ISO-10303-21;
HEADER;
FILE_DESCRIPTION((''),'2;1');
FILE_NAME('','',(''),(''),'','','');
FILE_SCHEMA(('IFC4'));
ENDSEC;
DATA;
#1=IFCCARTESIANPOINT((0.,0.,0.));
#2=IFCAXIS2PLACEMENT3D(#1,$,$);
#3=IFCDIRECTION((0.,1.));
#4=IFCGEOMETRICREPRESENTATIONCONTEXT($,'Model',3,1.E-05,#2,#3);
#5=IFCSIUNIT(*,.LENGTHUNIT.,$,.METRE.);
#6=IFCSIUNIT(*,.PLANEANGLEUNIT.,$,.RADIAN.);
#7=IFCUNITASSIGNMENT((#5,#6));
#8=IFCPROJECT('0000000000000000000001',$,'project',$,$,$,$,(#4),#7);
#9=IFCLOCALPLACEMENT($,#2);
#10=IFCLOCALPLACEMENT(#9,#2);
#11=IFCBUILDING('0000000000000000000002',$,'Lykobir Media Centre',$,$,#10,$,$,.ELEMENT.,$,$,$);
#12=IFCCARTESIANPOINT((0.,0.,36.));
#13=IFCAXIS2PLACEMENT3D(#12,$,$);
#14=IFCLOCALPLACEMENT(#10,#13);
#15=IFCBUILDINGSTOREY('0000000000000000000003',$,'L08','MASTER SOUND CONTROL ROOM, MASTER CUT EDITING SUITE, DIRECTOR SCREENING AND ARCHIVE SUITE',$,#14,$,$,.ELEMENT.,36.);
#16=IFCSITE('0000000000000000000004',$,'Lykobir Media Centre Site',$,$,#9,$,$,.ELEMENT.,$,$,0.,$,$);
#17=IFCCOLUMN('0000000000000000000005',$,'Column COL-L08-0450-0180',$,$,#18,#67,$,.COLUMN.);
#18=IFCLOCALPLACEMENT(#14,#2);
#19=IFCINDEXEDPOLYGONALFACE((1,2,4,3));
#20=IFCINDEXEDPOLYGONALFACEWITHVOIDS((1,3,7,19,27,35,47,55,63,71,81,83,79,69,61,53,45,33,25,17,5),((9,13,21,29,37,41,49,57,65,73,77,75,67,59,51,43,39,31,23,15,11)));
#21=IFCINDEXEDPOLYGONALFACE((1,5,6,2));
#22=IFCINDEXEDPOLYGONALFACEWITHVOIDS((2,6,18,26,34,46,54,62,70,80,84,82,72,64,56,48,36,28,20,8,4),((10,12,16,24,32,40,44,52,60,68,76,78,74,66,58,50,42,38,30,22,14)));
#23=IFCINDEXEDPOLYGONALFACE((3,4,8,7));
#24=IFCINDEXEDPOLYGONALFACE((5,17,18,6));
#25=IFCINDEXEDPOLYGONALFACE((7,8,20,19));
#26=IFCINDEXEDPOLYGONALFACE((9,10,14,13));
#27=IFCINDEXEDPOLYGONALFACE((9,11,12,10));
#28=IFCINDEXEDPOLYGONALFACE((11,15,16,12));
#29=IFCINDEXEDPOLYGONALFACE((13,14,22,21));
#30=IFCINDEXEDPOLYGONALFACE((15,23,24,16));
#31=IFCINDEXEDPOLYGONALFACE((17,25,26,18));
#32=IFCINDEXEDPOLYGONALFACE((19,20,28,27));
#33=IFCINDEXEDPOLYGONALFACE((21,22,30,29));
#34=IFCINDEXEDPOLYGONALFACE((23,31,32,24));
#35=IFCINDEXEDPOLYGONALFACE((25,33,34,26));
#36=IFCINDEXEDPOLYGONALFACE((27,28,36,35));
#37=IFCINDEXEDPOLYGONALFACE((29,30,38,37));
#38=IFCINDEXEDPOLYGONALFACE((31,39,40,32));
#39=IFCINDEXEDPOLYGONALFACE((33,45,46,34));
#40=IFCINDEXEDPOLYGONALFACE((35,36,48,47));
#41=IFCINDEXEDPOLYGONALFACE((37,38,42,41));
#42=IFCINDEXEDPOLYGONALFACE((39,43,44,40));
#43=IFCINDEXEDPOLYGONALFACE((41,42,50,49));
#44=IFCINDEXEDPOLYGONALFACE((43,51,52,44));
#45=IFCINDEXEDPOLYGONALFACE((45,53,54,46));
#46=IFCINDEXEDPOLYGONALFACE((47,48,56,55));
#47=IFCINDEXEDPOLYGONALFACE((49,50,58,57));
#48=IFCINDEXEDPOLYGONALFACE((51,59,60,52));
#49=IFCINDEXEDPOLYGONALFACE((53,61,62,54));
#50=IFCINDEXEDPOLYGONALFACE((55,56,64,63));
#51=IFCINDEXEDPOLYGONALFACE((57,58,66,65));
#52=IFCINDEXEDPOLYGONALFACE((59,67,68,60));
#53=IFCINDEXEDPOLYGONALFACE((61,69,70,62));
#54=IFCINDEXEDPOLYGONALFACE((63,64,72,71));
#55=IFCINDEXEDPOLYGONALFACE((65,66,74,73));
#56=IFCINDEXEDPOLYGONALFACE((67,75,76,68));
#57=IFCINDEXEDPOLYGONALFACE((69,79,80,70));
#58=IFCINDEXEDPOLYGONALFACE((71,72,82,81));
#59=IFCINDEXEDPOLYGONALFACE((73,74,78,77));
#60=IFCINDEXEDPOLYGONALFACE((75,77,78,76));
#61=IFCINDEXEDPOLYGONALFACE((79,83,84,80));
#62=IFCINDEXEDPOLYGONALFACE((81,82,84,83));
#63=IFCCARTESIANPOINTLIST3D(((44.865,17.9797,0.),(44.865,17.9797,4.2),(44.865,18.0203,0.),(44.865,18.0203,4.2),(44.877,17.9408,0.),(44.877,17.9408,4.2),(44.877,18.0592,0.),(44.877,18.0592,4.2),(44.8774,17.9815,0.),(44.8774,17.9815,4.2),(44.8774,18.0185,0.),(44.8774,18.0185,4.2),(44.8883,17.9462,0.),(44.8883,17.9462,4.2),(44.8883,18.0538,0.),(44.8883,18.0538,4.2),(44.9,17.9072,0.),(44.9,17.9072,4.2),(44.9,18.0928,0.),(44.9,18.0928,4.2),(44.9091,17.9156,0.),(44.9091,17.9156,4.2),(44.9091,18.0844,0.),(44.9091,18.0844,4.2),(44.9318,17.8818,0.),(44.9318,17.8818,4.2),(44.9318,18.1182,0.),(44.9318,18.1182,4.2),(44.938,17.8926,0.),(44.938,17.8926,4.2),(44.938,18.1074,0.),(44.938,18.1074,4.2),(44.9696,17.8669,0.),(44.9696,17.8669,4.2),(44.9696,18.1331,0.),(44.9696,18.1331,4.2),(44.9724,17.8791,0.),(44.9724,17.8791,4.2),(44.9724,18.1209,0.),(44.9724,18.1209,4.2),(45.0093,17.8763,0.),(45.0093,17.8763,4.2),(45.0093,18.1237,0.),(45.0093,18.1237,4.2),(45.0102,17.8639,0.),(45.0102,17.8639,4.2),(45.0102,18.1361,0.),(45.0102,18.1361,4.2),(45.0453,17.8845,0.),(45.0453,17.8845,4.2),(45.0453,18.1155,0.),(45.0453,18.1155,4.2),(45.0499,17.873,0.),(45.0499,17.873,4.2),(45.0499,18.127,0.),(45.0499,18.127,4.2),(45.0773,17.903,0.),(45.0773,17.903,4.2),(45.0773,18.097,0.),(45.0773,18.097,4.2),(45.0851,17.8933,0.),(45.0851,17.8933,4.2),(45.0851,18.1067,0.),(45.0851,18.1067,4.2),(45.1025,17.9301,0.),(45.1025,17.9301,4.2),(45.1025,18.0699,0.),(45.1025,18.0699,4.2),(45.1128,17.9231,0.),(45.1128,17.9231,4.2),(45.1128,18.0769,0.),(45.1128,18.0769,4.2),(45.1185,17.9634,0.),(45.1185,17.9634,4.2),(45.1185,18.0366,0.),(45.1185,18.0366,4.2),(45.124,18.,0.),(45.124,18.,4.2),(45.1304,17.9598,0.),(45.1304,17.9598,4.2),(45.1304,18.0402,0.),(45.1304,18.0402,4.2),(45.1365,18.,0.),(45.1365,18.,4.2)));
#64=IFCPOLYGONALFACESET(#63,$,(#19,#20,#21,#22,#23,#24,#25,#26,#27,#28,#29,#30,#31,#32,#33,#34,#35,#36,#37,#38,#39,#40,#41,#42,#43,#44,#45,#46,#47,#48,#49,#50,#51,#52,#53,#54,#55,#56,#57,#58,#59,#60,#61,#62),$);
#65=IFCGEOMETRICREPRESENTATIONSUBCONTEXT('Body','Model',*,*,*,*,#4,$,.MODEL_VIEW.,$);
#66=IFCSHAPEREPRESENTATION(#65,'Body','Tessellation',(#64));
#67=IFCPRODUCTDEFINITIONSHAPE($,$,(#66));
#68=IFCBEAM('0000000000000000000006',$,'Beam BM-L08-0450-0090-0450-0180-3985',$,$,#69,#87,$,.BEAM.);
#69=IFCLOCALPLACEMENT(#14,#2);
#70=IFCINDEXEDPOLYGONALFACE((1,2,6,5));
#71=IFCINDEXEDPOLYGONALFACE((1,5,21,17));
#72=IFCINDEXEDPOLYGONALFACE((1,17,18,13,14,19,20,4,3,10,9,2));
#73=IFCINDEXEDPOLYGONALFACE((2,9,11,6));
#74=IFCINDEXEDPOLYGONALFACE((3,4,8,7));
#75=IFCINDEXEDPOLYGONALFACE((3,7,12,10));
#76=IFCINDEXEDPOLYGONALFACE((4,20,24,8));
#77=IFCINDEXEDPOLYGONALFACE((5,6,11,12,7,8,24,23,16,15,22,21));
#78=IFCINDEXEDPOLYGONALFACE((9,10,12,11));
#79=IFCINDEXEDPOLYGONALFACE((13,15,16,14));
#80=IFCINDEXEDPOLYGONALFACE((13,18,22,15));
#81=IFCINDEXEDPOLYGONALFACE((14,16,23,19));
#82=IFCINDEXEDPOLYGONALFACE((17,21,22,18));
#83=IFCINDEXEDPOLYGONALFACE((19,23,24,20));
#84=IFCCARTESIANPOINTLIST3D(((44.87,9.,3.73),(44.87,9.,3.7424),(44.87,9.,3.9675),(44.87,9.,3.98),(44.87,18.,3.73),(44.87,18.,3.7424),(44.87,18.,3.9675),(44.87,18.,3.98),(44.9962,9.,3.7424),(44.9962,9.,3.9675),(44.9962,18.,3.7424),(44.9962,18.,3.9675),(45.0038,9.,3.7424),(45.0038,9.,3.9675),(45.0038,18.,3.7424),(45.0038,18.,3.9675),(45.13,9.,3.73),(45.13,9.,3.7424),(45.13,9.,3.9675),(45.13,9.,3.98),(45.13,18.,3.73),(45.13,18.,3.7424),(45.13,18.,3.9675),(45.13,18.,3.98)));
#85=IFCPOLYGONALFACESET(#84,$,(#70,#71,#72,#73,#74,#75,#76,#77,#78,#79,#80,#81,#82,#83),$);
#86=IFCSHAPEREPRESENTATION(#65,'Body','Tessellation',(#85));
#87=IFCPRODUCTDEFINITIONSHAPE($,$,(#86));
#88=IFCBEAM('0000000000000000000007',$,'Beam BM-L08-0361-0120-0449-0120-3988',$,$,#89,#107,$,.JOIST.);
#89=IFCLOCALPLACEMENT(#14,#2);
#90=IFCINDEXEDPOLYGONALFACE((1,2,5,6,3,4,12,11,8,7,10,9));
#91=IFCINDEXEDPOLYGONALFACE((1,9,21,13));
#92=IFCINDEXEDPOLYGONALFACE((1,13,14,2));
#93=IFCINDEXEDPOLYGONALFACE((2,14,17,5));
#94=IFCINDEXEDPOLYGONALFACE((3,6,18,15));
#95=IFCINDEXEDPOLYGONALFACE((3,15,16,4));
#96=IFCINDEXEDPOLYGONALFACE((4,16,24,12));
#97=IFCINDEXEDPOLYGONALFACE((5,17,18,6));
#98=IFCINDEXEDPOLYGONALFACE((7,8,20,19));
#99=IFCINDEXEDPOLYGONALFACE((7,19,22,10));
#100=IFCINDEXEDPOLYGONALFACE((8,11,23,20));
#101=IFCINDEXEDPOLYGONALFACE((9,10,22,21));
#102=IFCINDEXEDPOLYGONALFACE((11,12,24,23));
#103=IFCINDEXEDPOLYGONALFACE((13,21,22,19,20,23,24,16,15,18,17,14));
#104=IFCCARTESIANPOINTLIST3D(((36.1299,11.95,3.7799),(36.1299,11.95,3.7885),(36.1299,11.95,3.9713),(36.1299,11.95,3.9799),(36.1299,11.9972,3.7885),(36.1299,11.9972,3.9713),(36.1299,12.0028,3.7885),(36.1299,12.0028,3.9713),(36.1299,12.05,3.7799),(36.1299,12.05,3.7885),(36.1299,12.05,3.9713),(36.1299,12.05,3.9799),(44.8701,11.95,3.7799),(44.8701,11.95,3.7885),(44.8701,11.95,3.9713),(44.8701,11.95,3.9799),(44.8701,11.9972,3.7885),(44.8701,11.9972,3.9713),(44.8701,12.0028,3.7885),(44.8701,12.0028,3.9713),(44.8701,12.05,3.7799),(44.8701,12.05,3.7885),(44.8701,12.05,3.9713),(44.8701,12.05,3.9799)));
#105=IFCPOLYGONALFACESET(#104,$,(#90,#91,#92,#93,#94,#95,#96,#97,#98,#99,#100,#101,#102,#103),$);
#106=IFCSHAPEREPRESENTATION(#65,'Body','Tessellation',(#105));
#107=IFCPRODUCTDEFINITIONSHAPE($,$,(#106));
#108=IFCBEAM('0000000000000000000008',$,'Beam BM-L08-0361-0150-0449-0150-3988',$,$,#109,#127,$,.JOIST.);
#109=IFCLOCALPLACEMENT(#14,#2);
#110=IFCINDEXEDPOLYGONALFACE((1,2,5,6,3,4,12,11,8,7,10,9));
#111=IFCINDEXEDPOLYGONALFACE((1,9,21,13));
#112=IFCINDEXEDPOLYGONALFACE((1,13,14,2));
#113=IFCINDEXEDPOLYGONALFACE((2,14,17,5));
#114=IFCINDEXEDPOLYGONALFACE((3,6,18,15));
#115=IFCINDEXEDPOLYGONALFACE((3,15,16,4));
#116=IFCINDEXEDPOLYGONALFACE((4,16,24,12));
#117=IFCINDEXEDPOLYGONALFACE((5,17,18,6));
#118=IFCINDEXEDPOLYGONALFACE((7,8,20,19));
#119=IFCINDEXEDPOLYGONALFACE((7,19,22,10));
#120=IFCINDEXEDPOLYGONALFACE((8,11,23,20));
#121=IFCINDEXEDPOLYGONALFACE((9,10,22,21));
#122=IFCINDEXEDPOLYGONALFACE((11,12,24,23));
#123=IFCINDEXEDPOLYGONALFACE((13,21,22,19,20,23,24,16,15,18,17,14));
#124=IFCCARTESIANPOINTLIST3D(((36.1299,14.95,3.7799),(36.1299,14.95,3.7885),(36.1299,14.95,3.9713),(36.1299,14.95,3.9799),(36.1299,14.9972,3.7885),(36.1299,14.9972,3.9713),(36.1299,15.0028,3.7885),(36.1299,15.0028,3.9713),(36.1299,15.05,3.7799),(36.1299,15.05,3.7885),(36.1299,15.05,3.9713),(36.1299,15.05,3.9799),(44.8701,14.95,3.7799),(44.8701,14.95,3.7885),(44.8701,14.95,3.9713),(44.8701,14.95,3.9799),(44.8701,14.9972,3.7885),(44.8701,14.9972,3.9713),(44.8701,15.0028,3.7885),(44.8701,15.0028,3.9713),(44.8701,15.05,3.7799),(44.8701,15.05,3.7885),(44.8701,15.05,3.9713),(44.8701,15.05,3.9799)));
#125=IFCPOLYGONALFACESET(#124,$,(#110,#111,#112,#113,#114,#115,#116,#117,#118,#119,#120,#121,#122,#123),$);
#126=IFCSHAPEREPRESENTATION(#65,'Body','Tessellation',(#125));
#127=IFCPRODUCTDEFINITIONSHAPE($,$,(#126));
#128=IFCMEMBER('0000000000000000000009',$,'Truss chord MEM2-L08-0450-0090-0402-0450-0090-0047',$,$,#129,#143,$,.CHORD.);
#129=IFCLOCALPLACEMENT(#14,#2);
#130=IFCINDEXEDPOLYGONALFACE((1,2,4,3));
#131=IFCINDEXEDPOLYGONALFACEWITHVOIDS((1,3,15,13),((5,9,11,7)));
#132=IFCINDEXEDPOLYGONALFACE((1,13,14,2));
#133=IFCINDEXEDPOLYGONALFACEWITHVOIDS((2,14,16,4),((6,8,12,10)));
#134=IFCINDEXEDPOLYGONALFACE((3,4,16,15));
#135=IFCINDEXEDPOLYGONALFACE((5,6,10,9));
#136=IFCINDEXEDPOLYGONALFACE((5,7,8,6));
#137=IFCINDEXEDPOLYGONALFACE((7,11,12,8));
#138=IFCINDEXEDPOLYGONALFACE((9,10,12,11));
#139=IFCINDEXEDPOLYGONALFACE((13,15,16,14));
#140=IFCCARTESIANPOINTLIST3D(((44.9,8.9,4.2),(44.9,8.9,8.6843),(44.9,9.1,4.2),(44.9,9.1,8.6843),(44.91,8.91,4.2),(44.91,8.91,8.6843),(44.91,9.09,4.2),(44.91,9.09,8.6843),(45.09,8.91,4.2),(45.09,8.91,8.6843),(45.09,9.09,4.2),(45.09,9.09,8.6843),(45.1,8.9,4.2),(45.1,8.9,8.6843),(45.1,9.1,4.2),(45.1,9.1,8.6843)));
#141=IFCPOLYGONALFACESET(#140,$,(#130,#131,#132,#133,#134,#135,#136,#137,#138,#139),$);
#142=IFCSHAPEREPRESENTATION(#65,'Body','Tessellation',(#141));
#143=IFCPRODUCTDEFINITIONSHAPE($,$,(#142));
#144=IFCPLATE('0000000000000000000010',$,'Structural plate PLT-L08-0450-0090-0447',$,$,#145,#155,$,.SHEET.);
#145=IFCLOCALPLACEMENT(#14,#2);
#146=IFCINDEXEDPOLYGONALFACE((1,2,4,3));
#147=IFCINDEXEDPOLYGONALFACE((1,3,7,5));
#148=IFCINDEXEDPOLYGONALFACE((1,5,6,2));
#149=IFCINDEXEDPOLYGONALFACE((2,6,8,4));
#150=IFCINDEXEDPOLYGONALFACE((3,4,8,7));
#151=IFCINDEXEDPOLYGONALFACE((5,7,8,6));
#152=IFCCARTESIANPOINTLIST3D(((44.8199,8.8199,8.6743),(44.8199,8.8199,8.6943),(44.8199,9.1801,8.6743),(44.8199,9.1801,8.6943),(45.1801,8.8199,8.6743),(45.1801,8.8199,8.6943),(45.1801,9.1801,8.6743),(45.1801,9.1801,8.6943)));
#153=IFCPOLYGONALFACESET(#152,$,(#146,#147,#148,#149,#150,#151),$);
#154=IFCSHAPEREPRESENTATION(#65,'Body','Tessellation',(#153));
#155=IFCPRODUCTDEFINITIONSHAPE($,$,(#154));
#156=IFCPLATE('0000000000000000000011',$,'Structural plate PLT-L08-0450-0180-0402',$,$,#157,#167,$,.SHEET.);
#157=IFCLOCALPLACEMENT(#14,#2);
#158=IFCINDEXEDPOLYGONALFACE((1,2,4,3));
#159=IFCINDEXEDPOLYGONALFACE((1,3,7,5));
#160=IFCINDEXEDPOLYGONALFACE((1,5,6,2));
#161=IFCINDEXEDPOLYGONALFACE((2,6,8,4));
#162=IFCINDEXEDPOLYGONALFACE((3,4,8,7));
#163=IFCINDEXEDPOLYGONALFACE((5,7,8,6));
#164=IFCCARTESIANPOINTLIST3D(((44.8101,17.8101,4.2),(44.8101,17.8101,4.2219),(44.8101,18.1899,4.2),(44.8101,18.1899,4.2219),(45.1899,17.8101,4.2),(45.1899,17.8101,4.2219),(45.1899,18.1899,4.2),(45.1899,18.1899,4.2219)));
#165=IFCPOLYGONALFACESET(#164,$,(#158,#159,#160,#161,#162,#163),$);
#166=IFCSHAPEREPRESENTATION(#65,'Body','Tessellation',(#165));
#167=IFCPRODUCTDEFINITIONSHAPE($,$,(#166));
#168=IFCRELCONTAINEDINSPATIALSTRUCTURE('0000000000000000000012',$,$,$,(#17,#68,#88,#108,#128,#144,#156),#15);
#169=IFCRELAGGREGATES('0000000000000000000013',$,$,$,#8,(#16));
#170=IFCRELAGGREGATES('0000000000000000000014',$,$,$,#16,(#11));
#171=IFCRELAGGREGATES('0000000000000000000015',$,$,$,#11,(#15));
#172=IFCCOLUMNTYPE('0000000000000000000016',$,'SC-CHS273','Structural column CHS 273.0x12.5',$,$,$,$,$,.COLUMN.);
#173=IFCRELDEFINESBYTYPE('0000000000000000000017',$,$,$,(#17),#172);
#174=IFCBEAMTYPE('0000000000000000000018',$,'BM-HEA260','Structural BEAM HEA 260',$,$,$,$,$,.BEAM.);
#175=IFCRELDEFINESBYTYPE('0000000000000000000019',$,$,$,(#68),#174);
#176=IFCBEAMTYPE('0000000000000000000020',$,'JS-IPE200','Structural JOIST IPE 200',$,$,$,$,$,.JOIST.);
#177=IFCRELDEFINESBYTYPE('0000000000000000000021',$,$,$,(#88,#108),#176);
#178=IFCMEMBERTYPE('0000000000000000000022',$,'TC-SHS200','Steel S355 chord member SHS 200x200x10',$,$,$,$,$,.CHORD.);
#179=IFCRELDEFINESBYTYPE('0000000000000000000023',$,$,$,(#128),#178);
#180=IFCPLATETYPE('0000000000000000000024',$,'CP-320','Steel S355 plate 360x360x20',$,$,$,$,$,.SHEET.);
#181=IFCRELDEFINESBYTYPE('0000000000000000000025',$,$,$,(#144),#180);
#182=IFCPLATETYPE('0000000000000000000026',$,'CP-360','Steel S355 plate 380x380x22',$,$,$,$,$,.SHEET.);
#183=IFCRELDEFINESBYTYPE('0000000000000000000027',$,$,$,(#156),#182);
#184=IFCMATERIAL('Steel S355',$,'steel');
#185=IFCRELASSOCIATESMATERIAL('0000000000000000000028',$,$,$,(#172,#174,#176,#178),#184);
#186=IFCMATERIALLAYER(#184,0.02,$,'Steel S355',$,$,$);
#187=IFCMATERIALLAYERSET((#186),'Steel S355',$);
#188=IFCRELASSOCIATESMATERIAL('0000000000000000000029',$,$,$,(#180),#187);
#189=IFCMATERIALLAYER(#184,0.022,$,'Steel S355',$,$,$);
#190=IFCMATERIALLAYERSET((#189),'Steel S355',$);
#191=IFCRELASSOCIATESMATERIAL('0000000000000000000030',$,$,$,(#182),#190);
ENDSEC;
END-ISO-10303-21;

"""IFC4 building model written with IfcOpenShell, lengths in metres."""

from ifc_helpers import new_model, si_unit, direction, frame, origin, origin_2d, place, context, subcontext, project, spatial, rectangle, hollow_rectangle, hollow_circle, i_section, extrude, material, layer, layer_set, material_profile, profile_set, type_object, element, save


model = new_model("IFC4")

# Units and contexts
model_context = context("Model", 3, precision=1e-05, world=origin(), true_north=direction((0.0, 1.0)))
body_context = subcontext(model_context, "Body", "Model", "MODEL_VIEW")
ifc_project = project(units=[si_unit("LENGTHUNIT", "METRE"), si_unit("PLANEANGLEUNIT", "RADIAN")], contexts=[model_context])

# Site, building, storey
site_placement = place(None, origin())
site = spatial("IfcSite", under=ifc_project, at=site_placement, Name="Lykobir Media Centre Site", CompositionType="ELEMENT", RefElevation=0.0)
building_placement = place(site_placement, origin())
building = spatial("IfcBuilding", under=site, at=building_placement, Name="Lykobir Media Centre", CompositionType="ELEMENT")
storey_placement = place(building_placement, frame((0.0, 0.0, 36.0)))
storey = spatial("IfcBuildingStorey", under=building, at=storey_placement, Name="L08", Description="MASTER SOUND CONTROL ROOM, MASTER CUT EDITING SUITE, DIRECTOR SCREENING AND ARCHIVE SUITE", CompositionType="ELEMENT", Elevation=36.0)

# Column
ifc_material_1 = material(Name="Steel S355", Category="steel")
ifc_material_profile_1 = material_profile(ifc_material_1, hollow_circle(Radius=0.1365, WallThickness=0.0125, at=origin_2d()), Name="CHS 273.0x12.5")
ifc_profile_set_1 = profile_set([ifc_material_profile_1], Name="Steel S355")
column_type = type_object("IfcColumnType", Name="SC-CHS273", Description="Structural column CHS 273.0x12.5", PredefinedType="COLUMN", material=ifc_profile_set_1)
column_placement = place(storey_placement, frame((45.0, 18.0, 0.0), z_axis=(0.0, 0.0, 1.0), x_axis=(1.0, 0.0, 0.0)))
element("IfcColumn", 1, at=column_placement, inside=storey, type_object=column_type, Name="Column COL-L08-0450-0180", PredefinedType="COLUMN", context=body_context, shape_type="SweptSolid", body=[
    extrude(hollow_circle(Radius=0.1365, WallThickness=0.0125, at=origin_2d()), origin(), (0.0, 0.0, 1.0), 4.2),
])

# Beams
ifc_material_profile_2 = material_profile(ifc_material_1, i_section(OverallWidth=0.26, OverallDepth=0.25, WebThickness=0.0076, FlangeThickness=0.0125, at=origin_2d()), Name="HEA 260")
ifc_profile_set_2 = profile_set([ifc_material_profile_2], Name="Steel S355")
beam_type_1 = type_object("IfcBeamType", Name="BM-HEA260", Description="Structural BEAM HEA 260", PredefinedType="BEAM", material=ifc_profile_set_2)
beam_placement = place(storey_placement, frame((45.0, 9.0, 3.855), z_axis=(0.0, 1.0, 0.0), x_axis=(-1.0, 0.0, 0.0)))
element("IfcBeam", 2, at=beam_placement, inside=storey, type_object=beam_type_1, Name="Beam BM-L08-0450-0090-0450-0180-3985", PredefinedType="BEAM", context=body_context, shape_type="SweptSolid", body=[
    extrude(i_section(OverallWidth=0.26, OverallDepth=0.25, WebThickness=0.0076, FlangeThickness=0.0125, at=origin_2d()), origin(), (0.0, 0.0, 1.0), 9.0),
])
ifc_material_profile_3 = material_profile(ifc_material_1, i_section(OverallWidth=0.1001, OverallDepth=0.2, WebThickness=0.0056, FlangeThickness=0.0085, at=origin_2d()), Name="IPE 200")
ifc_profile_set_3 = profile_set([ifc_material_profile_3], Name="Steel S355")
beam_type_2 = type_object("IfcBeamType", Name="JS-IPE200", Description="Structural JOIST IPE 200", PredefinedType="JOIST", material=ifc_profile_set_3)
for number, where, z_axis, x_axis, name in (
    (3, (36.1299, 12.0, 3.8799), (1.0, 0.0, 0.0), (0.0, 1.0, 0.0), "Beam BM-L08-0361-0120-0449-0120-3988"),
    (4, (36.1299, 15.0, 3.8799), (1.0, 0.0, 0.0), (0.0, 1.0, 0.0), "Beam BM-L08-0361-0150-0449-0150-3988"),
):
    element("IfcBeam", number, at=place(storey_placement, frame(where, z_axis=z_axis, x_axis=x_axis)), inside=storey, type_object=beam_type_2, Name=name, PredefinedType="JOIST", context=body_context, shape_type="SweptSolid", body=[
        extrude(i_section(OverallWidth=0.1001, OverallDepth=0.2, WebThickness=0.0056, FlangeThickness=0.0085, at=origin_2d()), origin(), (0.0, 0.0, 1.0), 8.7402),
    ])

# Member
ifc_material_profile_4 = material_profile(ifc_material_1, hollow_rectangle(XDim=0.2, YDim=0.2, WallThickness=0.01, at=origin_2d()), Name="SHS 200x200x10")
ifc_profile_set_4 = profile_set([ifc_material_profile_4], Name="Steel S355")
member_type = type_object("IfcMemberType", Name="TC-SHS200", Description="Steel S355 chord member SHS 200x200x10", PredefinedType="CHORD", material=ifc_profile_set_4)
member_placement = place(storey_placement, frame((45.0, 9.0, 4.2), z_axis=(0.0, 0.0, 1.0), x_axis=(1.0, 0.0, 0.0)))
element("IfcMember", 5, at=member_placement, inside=storey, type_object=member_type, Name="Truss chord MEM2-L08-0450-0090-0402-0450-0090-0047", PredefinedType="CHORD", context=body_context, shape_type="SweptSolid", body=[
    extrude(hollow_rectangle(XDim=0.2, YDim=0.2, WallThickness=0.01, at=origin_2d()), origin(), (0.0, 0.0, 1.0), 4.4844),
])

# Plates
ifc_layer_1 = layer(ifc_material_1, 0.02, Name="Steel S355")
ifc_layer_set_1 = layer_set([ifc_layer_1], Name="Steel S355")
plate_type_1 = type_object("IfcPlateType", Name="CP-320", Description="Steel S355 plate 360x360x20", PredefinedType="SHEET", material=ifc_layer_set_1)
plate_1_placement = place(storey_placement, frame((45.0, 9.0, 8.6743), z_axis=(0.0, 0.0, 1.0), x_axis=(1.0, 0.0, 0.0)))
element("IfcPlate", 6, at=plate_1_placement, inside=storey, type_object=plate_type_1, Name="Structural plate PLT-L08-0450-0090-0447", PredefinedType="SHEET", context=body_context, shape_type="SweptSolid", body=[
    extrude(rectangle(XDim=0.3601, YDim=0.3601, at=origin_2d()), origin(), (0.0, 0.0, 1.0), 0.02),
])
ifc_layer_2 = layer(ifc_material_1, 0.022, Name="Steel S355")
ifc_layer_set_2 = layer_set([ifc_layer_2], Name="Steel S355")
plate_type_2 = type_object("IfcPlateType", Name="CP-360", Description="Steel S355 plate 380x380x22", PredefinedType="SHEET", material=ifc_layer_set_2)
plate_2_placement = place(storey_placement, frame((45.0, 18.0, 4.2), z_axis=(0.0, 0.0, 1.0), x_axis=(1.0, 0.0, 0.0)))
element("IfcPlate", 7, at=plate_2_placement, inside=storey, type_object=plate_type_2, Name="Structural plate PLT-L08-0450-0180-0402", PredefinedType="SHEET", context=body_context, shape_type="SweptSolid", body=[
    extrude(rectangle(XDim=0.3799, YDim=0.3799, at=origin_2d()), origin(), (0.0, 0.0, 1.0), 0.022),
])

save(model, "model.ifc")
